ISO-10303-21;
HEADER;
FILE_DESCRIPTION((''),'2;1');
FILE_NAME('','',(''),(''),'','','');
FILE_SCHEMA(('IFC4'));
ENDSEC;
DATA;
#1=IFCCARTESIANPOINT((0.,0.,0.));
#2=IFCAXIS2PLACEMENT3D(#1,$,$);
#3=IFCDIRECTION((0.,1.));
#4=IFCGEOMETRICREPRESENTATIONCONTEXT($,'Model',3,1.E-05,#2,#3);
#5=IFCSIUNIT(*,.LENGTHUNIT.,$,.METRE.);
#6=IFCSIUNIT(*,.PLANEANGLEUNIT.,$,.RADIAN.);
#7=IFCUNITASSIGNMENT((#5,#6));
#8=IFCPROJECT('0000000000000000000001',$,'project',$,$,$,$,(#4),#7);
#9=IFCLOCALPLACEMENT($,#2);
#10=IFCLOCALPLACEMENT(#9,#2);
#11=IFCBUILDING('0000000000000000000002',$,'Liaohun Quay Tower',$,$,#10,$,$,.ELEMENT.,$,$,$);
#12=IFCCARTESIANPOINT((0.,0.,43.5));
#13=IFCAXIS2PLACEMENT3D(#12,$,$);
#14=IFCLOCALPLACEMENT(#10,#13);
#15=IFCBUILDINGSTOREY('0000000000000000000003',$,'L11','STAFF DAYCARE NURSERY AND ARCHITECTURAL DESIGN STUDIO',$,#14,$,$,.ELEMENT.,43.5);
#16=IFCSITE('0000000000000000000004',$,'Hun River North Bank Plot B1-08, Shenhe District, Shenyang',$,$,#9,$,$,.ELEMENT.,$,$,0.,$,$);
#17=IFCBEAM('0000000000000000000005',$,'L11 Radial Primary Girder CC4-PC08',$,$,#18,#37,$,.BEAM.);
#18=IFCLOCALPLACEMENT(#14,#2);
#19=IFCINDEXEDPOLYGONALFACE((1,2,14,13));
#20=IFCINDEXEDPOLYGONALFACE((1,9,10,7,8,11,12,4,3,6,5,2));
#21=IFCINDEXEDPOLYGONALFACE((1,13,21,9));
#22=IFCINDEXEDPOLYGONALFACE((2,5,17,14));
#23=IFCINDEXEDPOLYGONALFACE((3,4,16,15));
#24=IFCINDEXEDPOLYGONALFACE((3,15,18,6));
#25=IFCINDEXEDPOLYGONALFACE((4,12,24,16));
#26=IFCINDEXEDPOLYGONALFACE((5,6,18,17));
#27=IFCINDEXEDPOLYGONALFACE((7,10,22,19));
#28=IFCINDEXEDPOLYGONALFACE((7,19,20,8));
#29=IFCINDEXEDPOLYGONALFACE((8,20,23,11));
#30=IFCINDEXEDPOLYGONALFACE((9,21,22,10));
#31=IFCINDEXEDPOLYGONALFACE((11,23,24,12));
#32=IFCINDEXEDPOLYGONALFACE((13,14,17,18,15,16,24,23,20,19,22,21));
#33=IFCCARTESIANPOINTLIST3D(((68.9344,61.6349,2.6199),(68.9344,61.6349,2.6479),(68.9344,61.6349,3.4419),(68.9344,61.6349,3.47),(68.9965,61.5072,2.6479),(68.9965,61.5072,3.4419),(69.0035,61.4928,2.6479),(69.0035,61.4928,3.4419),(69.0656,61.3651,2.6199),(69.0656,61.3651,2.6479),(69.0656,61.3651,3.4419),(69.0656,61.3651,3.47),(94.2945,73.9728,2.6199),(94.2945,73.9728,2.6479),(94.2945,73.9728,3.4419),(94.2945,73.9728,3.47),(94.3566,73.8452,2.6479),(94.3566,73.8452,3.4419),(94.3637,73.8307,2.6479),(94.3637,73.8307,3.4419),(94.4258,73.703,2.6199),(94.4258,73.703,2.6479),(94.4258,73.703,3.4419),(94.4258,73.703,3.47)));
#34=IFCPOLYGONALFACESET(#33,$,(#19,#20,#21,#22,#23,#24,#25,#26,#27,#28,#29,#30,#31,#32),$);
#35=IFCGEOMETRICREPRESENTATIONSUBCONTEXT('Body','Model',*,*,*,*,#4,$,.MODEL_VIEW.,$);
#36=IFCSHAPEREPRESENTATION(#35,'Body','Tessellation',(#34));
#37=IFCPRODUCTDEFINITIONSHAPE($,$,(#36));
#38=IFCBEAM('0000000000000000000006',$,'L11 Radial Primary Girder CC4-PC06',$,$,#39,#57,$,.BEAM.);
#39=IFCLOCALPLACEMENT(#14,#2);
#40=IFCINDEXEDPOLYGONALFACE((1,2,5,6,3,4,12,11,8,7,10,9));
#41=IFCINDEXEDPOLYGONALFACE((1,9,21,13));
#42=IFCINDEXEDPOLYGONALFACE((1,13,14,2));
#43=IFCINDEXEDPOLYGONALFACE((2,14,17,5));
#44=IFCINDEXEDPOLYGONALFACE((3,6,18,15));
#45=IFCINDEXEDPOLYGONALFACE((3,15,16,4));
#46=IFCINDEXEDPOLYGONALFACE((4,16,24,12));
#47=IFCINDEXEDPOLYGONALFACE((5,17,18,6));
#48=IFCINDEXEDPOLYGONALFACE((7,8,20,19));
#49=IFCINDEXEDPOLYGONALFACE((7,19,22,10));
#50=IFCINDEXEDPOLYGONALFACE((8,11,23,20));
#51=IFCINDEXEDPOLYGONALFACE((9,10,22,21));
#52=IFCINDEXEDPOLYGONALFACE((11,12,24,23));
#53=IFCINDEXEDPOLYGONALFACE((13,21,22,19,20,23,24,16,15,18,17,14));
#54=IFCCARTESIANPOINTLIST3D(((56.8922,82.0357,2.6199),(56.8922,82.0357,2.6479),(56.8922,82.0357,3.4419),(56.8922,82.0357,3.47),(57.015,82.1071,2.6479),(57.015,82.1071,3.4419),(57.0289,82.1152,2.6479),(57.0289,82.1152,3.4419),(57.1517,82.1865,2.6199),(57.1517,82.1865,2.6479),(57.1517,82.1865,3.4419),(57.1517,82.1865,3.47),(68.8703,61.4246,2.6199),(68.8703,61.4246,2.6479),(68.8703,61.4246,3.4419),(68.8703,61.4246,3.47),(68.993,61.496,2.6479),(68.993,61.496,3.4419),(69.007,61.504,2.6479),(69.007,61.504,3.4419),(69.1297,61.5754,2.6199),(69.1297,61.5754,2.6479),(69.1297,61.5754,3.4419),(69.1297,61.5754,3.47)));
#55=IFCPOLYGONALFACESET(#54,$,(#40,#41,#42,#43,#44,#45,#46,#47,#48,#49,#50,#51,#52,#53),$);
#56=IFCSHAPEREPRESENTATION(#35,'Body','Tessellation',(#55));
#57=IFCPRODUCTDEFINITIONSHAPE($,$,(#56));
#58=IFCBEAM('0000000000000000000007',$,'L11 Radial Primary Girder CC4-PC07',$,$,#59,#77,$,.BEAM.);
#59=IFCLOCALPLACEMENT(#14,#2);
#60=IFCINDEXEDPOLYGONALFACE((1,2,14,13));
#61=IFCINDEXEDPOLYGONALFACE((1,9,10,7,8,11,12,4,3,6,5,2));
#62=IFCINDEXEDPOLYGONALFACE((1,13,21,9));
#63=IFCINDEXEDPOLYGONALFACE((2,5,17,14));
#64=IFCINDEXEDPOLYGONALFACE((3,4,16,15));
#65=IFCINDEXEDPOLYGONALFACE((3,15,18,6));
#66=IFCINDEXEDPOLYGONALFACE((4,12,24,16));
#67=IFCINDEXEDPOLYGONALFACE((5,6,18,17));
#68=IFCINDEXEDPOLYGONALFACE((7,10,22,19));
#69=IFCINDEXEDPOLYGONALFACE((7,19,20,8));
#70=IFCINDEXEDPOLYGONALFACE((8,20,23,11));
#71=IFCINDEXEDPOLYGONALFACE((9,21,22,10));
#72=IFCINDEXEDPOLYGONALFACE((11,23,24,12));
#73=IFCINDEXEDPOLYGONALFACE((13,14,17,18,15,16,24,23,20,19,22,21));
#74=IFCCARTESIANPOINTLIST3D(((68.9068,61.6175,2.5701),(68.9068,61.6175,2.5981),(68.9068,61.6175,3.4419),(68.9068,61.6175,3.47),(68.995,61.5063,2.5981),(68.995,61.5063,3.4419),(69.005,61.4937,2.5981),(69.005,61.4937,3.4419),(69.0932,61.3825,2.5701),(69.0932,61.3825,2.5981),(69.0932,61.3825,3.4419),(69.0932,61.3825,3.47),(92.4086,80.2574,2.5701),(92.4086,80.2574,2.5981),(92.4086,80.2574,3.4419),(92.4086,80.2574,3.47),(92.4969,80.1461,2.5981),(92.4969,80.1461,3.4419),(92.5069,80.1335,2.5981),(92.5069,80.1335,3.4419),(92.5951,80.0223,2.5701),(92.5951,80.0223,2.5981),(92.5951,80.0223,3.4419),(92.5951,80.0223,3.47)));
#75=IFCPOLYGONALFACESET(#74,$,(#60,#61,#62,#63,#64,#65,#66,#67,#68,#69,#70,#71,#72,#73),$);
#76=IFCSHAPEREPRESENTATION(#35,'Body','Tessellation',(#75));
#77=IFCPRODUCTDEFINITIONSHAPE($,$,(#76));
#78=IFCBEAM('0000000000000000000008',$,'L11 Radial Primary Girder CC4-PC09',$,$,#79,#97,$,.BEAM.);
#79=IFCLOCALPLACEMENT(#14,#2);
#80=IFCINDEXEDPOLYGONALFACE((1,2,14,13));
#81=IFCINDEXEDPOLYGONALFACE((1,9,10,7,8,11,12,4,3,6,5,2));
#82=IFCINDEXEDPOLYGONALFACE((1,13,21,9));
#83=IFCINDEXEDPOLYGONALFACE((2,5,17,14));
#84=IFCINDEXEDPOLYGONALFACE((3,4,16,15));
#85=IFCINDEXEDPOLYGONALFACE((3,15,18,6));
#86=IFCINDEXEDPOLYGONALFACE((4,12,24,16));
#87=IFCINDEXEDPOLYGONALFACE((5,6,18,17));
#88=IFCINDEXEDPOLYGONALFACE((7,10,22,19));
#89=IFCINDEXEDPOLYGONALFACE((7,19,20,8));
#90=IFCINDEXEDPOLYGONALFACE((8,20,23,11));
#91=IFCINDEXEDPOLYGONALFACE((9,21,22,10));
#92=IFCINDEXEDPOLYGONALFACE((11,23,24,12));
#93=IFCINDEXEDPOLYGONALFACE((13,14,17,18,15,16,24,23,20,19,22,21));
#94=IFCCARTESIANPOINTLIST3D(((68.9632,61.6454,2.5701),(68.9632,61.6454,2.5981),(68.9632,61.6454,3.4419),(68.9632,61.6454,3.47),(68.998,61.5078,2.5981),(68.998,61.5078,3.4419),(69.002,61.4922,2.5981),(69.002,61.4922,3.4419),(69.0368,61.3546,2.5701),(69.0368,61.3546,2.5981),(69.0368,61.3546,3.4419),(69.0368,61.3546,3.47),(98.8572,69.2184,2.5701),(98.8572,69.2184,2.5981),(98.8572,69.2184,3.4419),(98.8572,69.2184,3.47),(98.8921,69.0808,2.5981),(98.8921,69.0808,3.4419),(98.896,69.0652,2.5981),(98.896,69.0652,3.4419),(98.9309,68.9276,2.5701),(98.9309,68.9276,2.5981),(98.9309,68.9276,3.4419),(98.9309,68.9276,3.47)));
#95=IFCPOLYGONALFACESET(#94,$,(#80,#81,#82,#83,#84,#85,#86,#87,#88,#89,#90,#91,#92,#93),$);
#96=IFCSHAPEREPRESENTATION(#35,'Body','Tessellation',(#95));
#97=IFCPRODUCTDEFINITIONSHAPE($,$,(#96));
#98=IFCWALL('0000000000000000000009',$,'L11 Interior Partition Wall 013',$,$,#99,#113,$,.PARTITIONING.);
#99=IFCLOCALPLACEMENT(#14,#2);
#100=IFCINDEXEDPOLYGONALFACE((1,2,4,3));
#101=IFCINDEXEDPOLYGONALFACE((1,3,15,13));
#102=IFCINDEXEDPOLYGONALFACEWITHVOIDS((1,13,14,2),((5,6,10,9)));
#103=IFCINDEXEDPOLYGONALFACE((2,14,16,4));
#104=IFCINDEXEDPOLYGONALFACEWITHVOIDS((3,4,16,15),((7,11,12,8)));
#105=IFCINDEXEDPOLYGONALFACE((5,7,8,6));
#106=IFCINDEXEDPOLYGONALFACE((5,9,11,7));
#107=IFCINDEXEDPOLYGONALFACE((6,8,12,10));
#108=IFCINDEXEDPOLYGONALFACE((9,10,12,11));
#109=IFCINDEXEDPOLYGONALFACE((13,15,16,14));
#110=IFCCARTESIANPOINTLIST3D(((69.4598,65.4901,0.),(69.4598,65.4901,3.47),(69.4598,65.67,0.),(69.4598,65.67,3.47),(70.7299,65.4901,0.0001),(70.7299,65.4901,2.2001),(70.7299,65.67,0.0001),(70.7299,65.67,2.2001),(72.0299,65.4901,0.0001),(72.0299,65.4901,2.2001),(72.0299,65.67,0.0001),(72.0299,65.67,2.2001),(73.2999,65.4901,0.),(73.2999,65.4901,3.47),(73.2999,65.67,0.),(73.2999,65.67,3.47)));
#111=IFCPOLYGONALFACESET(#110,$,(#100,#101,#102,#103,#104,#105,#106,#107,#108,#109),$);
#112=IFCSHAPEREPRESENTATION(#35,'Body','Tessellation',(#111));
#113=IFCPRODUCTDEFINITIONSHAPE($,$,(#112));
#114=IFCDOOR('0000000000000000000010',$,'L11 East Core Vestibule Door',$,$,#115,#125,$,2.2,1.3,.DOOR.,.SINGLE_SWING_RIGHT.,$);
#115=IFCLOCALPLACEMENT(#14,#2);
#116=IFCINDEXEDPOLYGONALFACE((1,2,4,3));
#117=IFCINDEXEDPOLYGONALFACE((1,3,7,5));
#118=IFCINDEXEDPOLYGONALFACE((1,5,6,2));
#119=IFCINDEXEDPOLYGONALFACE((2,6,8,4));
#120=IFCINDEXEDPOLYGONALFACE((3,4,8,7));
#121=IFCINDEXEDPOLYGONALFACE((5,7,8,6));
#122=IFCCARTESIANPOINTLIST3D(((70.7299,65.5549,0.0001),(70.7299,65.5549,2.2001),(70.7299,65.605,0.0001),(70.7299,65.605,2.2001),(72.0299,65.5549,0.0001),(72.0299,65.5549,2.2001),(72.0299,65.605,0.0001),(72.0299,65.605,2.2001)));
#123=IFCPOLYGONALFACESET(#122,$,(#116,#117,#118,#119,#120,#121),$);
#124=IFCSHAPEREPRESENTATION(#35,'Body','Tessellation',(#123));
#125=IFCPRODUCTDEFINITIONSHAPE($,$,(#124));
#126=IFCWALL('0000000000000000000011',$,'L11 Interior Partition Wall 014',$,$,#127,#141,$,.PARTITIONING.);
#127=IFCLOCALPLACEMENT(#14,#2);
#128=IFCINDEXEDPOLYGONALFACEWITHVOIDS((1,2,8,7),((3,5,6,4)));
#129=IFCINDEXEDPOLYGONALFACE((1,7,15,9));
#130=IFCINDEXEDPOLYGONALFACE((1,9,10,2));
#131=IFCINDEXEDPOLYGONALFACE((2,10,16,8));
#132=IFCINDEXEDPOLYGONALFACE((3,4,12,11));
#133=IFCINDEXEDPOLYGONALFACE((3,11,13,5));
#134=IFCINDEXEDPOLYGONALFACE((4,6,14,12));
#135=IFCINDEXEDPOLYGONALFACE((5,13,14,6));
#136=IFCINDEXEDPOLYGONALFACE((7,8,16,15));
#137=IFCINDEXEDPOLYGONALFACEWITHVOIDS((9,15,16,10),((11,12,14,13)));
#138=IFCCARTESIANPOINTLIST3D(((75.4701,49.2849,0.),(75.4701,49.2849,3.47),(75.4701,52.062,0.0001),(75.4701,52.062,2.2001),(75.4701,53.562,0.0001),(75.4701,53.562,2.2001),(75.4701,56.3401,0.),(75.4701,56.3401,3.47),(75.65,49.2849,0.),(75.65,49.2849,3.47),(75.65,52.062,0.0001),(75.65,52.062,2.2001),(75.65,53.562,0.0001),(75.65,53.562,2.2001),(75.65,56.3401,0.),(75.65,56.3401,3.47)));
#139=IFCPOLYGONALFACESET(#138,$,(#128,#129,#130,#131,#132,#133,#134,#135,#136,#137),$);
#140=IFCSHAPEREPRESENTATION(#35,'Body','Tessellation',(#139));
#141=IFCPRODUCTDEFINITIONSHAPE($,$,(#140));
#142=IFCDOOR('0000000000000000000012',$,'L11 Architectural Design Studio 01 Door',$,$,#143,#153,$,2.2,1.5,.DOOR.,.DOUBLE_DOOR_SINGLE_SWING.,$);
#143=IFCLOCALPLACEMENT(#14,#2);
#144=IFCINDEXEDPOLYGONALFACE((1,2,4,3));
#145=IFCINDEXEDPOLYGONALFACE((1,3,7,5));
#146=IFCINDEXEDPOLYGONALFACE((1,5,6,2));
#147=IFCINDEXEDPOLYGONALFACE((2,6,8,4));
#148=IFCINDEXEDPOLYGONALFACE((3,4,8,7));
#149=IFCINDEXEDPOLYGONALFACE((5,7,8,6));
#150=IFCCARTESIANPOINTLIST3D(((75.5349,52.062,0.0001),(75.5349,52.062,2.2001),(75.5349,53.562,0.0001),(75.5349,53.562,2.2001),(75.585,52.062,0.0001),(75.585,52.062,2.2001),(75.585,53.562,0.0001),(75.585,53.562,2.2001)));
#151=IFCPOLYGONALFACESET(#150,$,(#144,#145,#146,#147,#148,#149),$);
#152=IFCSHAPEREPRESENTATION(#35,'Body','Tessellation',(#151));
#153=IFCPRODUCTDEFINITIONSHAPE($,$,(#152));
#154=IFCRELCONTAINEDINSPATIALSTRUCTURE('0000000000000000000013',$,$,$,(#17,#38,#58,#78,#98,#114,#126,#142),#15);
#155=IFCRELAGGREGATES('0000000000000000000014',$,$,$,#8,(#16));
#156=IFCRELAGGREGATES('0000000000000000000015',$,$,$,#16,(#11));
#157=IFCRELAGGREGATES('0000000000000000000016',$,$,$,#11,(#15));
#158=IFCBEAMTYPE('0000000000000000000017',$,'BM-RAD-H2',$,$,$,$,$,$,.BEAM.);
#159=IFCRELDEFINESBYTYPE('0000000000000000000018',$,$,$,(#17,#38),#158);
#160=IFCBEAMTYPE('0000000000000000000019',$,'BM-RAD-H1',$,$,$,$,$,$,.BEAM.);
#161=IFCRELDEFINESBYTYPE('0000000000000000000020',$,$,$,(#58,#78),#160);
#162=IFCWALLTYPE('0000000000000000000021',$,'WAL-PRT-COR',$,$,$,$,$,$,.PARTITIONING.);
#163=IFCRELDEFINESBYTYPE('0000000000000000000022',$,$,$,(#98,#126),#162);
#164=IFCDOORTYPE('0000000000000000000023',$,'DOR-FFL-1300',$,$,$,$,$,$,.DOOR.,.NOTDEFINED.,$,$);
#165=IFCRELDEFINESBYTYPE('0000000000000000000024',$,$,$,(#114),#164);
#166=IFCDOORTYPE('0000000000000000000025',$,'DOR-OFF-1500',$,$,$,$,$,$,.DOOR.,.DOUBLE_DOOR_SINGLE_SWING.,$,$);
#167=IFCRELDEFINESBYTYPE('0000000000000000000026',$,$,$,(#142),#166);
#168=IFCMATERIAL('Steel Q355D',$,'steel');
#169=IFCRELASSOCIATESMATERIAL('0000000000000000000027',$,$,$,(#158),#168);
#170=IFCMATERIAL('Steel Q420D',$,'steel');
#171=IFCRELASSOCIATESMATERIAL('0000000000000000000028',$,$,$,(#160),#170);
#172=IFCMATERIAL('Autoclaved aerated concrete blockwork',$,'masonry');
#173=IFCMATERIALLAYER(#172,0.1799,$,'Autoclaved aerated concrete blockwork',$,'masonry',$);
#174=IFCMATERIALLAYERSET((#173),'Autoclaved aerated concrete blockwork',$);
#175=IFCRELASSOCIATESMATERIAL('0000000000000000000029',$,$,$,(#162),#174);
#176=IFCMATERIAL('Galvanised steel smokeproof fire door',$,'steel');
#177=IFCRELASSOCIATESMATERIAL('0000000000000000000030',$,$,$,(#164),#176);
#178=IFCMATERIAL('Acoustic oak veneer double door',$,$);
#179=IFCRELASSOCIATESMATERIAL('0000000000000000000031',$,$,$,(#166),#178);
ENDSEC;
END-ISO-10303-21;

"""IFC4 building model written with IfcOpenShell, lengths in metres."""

from ifc_helpers import new_model, si_unit, direction, frame, frame_2d, origin, origin_2d, place, context, subcontext, project, spatial, rectangle, i_section, extrude, source, transform, mapped, material, layer, layer_set, material_profile, profile_set, type_object, element, fill, save


model = new_model("IFC4")

# Units and contexts
model_context = context("Model", 3, precision=1e-05, world=origin(), true_north=direction((0.0, 1.0)))
body_context = subcontext(model_context, "Body", "Model", "MODEL_VIEW")
ifc_project = project(units=[si_unit("LENGTHUNIT", "METRE"), si_unit("PLANEANGLEUNIT", "RADIAN")], contexts=[model_context])

# Site, building, storey
site_placement = place(None, origin())
site = spatial("IfcSite", under=ifc_project, at=site_placement, Name="Hun River North Bank Plot B1-08, Shenhe District, Shenyang", CompositionType="ELEMENT", RefElevation=0.0)
building_placement = place(site_placement, origin())
building = spatial("IfcBuilding", under=site, at=building_placement, Name="Liaohun Quay Tower", CompositionType="ELEMENT")
storey_placement = place(building_placement, frame((0.0, 0.0, 43.5)))
storey = spatial("IfcBuildingStorey", under=building, at=storey_placement, Name="L11", Description="STAFF DAYCARE NURSERY AND ARCHITECTURAL DESIGN STUDIO", CompositionType="ELEMENT", Elevation=43.5)

# Beams
ifc_material_1 = material(Name="Steel Q355D", Category="steel")
ifc_material_profile_1 = material_profile(ifc_material_1, i_section(OverallWidth=0.3, OverallDepth=0.8501, WebThickness=0.0161, FlangeThickness=0.0281, at=origin_2d()), Name="HN850x300x16x28")
ifc_profile_set_1 = profile_set([ifc_material_profile_1], Name="Steel Q355D")
beam_type_1 = type_object("IfcBeamType", Name="BM-RAD-H2", PredefinedType="BEAM", material=ifc_profile_set_1)
shared_shape_1 = source(origin(), body_context, "Body", "SweptSolid", [
    extrude(i_section(OverallWidth=0.3, OverallDepth=0.8501, WebThickness=0.0161, FlangeThickness=0.0281, at=origin_2d()), origin(), (0.0, 0.0, 1.0), 28.2021),
])
beam_1_placement = place(storey_placement, frame((69.0, 61.5, 3.0449), z_axis=(0.899228, 0.437481, 0.0), x_axis=(-0.437481, 0.899228, 0.0)))
element("IfcBeam", 1, at=beam_1_placement, inside=storey, type_object=beam_type_1, Name="L11 Radial Primary Girder CC4-PC08", PredefinedType="BEAM", context=body_context, shape_type="MappedRepresentation", body=[
    mapped(shared_shape_1, transform((0.0, 0.0, 0.0), x_axis=(1.0, 0.0, 0.0), y_axis=(0.0, 1.0, 0.0), z_axis=(0.0, 0.0, 1.0), scale=1.0)),
])
shared_shape_2 = source(origin(), body_context, "Body", "SweptSolid", [
    extrude(i_section(OverallWidth=0.3, OverallDepth=0.8501, WebThickness=0.0161, FlangeThickness=0.0281, at=origin_2d()), origin(), (0.0, 0.0, 1.0), 23.8389),
])
beam_2_placement = place(storey_placement, frame((69.0, 61.5, 3.0449), z_axis=(-0.502459, 0.864601, 0.0), x_axis=(-0.864601, -0.502459, 0.0)))
element("IfcBeam", 2, at=beam_2_placement, inside=storey, type_object=beam_type_1, Name="L11 Radial Primary Girder CC4-PC06", PredefinedType="BEAM", context=body_context, shape_type="MappedRepresentation", body=[
    mapped(shared_shape_2, transform((0.0, 0.0, 0.0), x_axis=(1.0, 0.0, 0.0), y_axis=(0.0, 1.0, 0.0), z_axis=(0.0, 0.0, 1.0), scale=1.0)),
])
ifc_material_2 = material(Name="Steel Q420D", Category="steel")
ifc_material_profile_2 = material_profile(ifc_material_2, i_section(OverallWidth=0.3, OverallDepth=0.8999, WebThickness=0.0161, FlangeThickness=0.0281, at=origin_2d()), Name="HN900x300x16x28")
ifc_profile_set_2 = profile_set([ifc_material_profile_2], Name="Steel Q420D")
beam_type_2 = type_object("IfcBeamType", Name="BM-RAD-H1", PredefinedType="BEAM", material=ifc_profile_set_2)
shared_shape_3 = source(origin(), body_context, "Body", "SweptSolid", [
    extrude(i_section(OverallWidth=0.3, OverallDepth=0.8999, WebThickness=0.0161, FlangeThickness=0.0281, at=origin_2d()), origin(), (0.0, 0.0, 1.0), 29.9963),
])
beam_3_placement = place(storey_placement, frame((69.0, 61.5, 3.02), z_axis=(0.783491, 0.621403, 0.0), x_axis=(-0.621403, 0.783491, 0.0)))
element("IfcBeam", 3, at=beam_3_placement, inside=storey, type_object=beam_type_2, Name="L11 Radial Primary Girder CC4-PC07", PredefinedType="BEAM", context=body_context, shape_type="MappedRepresentation", body=[
    mapped(shared_shape_3, transform((0.0, 0.0, 0.0), x_axis=(1.0, 0.0, 0.0), y_axis=(0.0, 1.0, 0.0), z_axis=(0.0, 0.0, 1.0), scale=1.0)),
])
shared_shape_4 = source(origin(), body_context, "Body", "SweptSolid", [
    extrude(i_section(OverallWidth=0.3, OverallDepth=0.8999, WebThickness=0.0161, FlangeThickness=0.0281, at=origin_2d()), origin(), (0.0, 0.0, 1.0), 30.8384),
])
beam_4_placement = place(storey_placement, frame((69.0, 61.5, 3.02), z_axis=(0.969379, 0.245571, 0.0), x_axis=(-0.245571, 0.969379, 0.0)))
element("IfcBeam", 4, at=beam_4_placement, inside=storey, type_object=beam_type_2, Name="L11 Radial Primary Girder CC4-PC09", PredefinedType="BEAM", context=body_context, shape_type="MappedRepresentation", body=[
    mapped(shared_shape_4, transform((0.0, 0.0, 0.0), x_axis=(1.0, 0.0, 0.0), y_axis=(0.0, 1.0, 0.0), z_axis=(0.0, 0.0, 1.0), scale=1.0)),
])

# Walls, openings, doors
ifc_material_3 = material(Name="Autoclaved aerated concrete blockwork", Category="masonry")
ifc_layer_1 = layer(ifc_material_3, 0.1799, Name="Autoclaved aerated concrete blockwork", Category="masonry")
ifc_layer_set_1 = layer_set([ifc_layer_1], Name="Autoclaved aerated concrete blockwork")
wall_type_1 = type_object("IfcWallType", Name="WAL-PRT-COR", PredefinedType="PARTITIONING", material=ifc_layer_set_1)
wall_1_placement = place(storey_placement, frame((69.46, 65.5801, 0.0), z_axis=(0.0, 0.0, 1.0), x_axis=(1.0, 0.0, 0.0)))
wall_1 = element("IfcWall", 5, at=wall_1_placement, inside=storey, type_object=wall_type_1, Name="L11 Interior Partition Wall 013", PredefinedType="PARTITIONING", context=body_context, shape_type="SweptSolid", body=[
    extrude(rectangle(XDim=3.8401, YDim=0.1799, at=frame_2d((1.9199, 0.0))), origin(), (0.0, 0.0, 1.0), 3.47),
])
shared_shape_5 = source(origin(), body_context, "Body", "SweptSolid", [
    extrude(rectangle(XDim=1.3, YDim=2.2, at=frame_2d((0.6499, 1.1001))), frame((0.0, 0.0999, 0.0), z_axis=(0.0, -1.0, 0.0), x_axis=(1.0, 0.0, 0.0)), (0.0, 0.0, 1.0), 0.2),
])
opening_1_placement = place(wall_1_placement, frame((1.27, 0.0, 0.0)))
opening_1 = element("IfcOpeningElement", 6, at=opening_1_placement, cuts=wall_1, PredefinedType="OPENING", context=body_context, shape_type="MappedRepresentation", body=[
    mapped(shared_shape_5, transform((0.0, 0.0, 0.0), x_axis=(1.0, 0.0, 0.0), y_axis=(0.0, 1.0, 0.0), z_axis=(0.0, 0.0, 1.0), scale=1.0)),
])
ifc_material_4 = material(Name="Galvanised steel smokeproof fire door", Category="steel")
door_type_1 = type_object("IfcDoorType", Name="DOR-FFL-1300", OperationType="NOTDEFINED", PredefinedType="DOOR", material=ifc_material_4)
shared_shape_6 = source(origin(), body_context, "Body", "SweptSolid", [
    extrude(rectangle(XDim=1.3, YDim=2.2, at=frame_2d((0.6499, 1.1001))), frame((0.0, 0.0249, 0.0), z_axis=(0.0, -1.0, 0.0), x_axis=(1.0, 0.0, 0.0)), (0.0, 0.0, 1.0), 0.05),
])
door_1_placement = place(opening_1_placement, origin())
door_1 = element("IfcDoor", 7, at=door_1_placement, inside=storey, type_object=door_type_1, Name="L11 East Core Vestibule Door", OperationType="SINGLE_SWING_RIGHT", OverallHeight=2.2, OverallWidth=1.3, PredefinedType="DOOR", context=body_context, shape_type="MappedRepresentation", body=[
    mapped(shared_shape_6, transform((0.0, 0.0, 0.0), x_axis=(1.0, 0.0, 0.0), y_axis=(0.0, 1.0, 0.0), z_axis=(0.0, 0.0, 1.0), scale=1.0)),
])
fill(opening_1, door_1)
wall_2_placement = place(storey_placement, frame((75.5601, 56.3401, 0.0), z_axis=(0.0, 0.0, 1.0), x_axis=(0.0, -1.0, 0.0)))
wall_2 = element("IfcWall", 8, at=wall_2_placement, inside=storey, type_object=wall_type_1, Name="L11 Interior Partition Wall 014", PredefinedType="PARTITIONING", context=body_context, shape_type="SweptSolid", body=[
    extrude(rectangle(XDim=7.0552, YDim=0.1799, at=frame_2d((3.5276, 0.0))), origin(), (0.0, 0.0, 1.0), 3.47),
])
shared_shape_7 = source(origin(), body_context, "Body", "SweptSolid", [
    extrude(rectangle(XDim=1.5, YDim=2.2, at=frame_2d((0.75, 1.1001))), frame((0.0, 0.0999, 0.0), z_axis=(0.0, -1.0, 0.0), x_axis=(1.0, 0.0, 0.0)), (0.0, 0.0, 1.0), 0.2),
])
opening_2_placement = place(wall_2_placement, frame((2.7781, 0.0, 0.0)))
opening_2 = element("IfcOpeningElement", 9, at=opening_2_placement, cuts=wall_2, PredefinedType="OPENING", context=body_context, shape_type="MappedRepresentation", body=[
    mapped(shared_shape_7, transform((0.0, 0.0, 0.0), x_axis=(1.0, 0.0, 0.0), y_axis=(0.0, 1.0, 0.0), z_axis=(0.0, 0.0, 1.0), scale=1.0)),
])
ifc_material_5 = material(Name="Acoustic oak veneer double door")
door_type_2 = type_object("IfcDoorType", Name="DOR-OFF-1500", OperationType="DOUBLE_DOOR_SINGLE_SWING", PredefinedType="DOOR", material=ifc_material_5)
shared_shape_8 = source(origin(), body_context, "Body", "SweptSolid", [
    extrude(rectangle(XDim=1.5, YDim=2.2, at=frame_2d((0.75, 1.1001))), frame((0.0, 0.0249, 0.0), z_axis=(0.0, -1.0, 0.0), x_axis=(1.0, 0.0, 0.0)), (0.0, 0.0, 1.0), 0.05),
])
door_2_placement = place(opening_2_placement, origin())
door_2 = element("IfcDoor", 10, at=door_2_placement, inside=storey, type_object=door_type_2, Name="L11 Architectural Design Studio 01 Door", OperationType="DOUBLE_DOOR_SINGLE_SWING", OverallHeight=2.2, OverallWidth=1.5, PredefinedType="DOOR", context=body_context, shape_type="MappedRepresentation", body=[
    mapped(shared_shape_8, transform((0.0, 0.0, 0.0), x_axis=(1.0, 0.0, 0.0), y_axis=(0.0, 1.0, 0.0), z_axis=(0.0, 0.0, 1.0), scale=1.0)),
])
fill(opening_2, door_2)

save(model, "model.ifc")
